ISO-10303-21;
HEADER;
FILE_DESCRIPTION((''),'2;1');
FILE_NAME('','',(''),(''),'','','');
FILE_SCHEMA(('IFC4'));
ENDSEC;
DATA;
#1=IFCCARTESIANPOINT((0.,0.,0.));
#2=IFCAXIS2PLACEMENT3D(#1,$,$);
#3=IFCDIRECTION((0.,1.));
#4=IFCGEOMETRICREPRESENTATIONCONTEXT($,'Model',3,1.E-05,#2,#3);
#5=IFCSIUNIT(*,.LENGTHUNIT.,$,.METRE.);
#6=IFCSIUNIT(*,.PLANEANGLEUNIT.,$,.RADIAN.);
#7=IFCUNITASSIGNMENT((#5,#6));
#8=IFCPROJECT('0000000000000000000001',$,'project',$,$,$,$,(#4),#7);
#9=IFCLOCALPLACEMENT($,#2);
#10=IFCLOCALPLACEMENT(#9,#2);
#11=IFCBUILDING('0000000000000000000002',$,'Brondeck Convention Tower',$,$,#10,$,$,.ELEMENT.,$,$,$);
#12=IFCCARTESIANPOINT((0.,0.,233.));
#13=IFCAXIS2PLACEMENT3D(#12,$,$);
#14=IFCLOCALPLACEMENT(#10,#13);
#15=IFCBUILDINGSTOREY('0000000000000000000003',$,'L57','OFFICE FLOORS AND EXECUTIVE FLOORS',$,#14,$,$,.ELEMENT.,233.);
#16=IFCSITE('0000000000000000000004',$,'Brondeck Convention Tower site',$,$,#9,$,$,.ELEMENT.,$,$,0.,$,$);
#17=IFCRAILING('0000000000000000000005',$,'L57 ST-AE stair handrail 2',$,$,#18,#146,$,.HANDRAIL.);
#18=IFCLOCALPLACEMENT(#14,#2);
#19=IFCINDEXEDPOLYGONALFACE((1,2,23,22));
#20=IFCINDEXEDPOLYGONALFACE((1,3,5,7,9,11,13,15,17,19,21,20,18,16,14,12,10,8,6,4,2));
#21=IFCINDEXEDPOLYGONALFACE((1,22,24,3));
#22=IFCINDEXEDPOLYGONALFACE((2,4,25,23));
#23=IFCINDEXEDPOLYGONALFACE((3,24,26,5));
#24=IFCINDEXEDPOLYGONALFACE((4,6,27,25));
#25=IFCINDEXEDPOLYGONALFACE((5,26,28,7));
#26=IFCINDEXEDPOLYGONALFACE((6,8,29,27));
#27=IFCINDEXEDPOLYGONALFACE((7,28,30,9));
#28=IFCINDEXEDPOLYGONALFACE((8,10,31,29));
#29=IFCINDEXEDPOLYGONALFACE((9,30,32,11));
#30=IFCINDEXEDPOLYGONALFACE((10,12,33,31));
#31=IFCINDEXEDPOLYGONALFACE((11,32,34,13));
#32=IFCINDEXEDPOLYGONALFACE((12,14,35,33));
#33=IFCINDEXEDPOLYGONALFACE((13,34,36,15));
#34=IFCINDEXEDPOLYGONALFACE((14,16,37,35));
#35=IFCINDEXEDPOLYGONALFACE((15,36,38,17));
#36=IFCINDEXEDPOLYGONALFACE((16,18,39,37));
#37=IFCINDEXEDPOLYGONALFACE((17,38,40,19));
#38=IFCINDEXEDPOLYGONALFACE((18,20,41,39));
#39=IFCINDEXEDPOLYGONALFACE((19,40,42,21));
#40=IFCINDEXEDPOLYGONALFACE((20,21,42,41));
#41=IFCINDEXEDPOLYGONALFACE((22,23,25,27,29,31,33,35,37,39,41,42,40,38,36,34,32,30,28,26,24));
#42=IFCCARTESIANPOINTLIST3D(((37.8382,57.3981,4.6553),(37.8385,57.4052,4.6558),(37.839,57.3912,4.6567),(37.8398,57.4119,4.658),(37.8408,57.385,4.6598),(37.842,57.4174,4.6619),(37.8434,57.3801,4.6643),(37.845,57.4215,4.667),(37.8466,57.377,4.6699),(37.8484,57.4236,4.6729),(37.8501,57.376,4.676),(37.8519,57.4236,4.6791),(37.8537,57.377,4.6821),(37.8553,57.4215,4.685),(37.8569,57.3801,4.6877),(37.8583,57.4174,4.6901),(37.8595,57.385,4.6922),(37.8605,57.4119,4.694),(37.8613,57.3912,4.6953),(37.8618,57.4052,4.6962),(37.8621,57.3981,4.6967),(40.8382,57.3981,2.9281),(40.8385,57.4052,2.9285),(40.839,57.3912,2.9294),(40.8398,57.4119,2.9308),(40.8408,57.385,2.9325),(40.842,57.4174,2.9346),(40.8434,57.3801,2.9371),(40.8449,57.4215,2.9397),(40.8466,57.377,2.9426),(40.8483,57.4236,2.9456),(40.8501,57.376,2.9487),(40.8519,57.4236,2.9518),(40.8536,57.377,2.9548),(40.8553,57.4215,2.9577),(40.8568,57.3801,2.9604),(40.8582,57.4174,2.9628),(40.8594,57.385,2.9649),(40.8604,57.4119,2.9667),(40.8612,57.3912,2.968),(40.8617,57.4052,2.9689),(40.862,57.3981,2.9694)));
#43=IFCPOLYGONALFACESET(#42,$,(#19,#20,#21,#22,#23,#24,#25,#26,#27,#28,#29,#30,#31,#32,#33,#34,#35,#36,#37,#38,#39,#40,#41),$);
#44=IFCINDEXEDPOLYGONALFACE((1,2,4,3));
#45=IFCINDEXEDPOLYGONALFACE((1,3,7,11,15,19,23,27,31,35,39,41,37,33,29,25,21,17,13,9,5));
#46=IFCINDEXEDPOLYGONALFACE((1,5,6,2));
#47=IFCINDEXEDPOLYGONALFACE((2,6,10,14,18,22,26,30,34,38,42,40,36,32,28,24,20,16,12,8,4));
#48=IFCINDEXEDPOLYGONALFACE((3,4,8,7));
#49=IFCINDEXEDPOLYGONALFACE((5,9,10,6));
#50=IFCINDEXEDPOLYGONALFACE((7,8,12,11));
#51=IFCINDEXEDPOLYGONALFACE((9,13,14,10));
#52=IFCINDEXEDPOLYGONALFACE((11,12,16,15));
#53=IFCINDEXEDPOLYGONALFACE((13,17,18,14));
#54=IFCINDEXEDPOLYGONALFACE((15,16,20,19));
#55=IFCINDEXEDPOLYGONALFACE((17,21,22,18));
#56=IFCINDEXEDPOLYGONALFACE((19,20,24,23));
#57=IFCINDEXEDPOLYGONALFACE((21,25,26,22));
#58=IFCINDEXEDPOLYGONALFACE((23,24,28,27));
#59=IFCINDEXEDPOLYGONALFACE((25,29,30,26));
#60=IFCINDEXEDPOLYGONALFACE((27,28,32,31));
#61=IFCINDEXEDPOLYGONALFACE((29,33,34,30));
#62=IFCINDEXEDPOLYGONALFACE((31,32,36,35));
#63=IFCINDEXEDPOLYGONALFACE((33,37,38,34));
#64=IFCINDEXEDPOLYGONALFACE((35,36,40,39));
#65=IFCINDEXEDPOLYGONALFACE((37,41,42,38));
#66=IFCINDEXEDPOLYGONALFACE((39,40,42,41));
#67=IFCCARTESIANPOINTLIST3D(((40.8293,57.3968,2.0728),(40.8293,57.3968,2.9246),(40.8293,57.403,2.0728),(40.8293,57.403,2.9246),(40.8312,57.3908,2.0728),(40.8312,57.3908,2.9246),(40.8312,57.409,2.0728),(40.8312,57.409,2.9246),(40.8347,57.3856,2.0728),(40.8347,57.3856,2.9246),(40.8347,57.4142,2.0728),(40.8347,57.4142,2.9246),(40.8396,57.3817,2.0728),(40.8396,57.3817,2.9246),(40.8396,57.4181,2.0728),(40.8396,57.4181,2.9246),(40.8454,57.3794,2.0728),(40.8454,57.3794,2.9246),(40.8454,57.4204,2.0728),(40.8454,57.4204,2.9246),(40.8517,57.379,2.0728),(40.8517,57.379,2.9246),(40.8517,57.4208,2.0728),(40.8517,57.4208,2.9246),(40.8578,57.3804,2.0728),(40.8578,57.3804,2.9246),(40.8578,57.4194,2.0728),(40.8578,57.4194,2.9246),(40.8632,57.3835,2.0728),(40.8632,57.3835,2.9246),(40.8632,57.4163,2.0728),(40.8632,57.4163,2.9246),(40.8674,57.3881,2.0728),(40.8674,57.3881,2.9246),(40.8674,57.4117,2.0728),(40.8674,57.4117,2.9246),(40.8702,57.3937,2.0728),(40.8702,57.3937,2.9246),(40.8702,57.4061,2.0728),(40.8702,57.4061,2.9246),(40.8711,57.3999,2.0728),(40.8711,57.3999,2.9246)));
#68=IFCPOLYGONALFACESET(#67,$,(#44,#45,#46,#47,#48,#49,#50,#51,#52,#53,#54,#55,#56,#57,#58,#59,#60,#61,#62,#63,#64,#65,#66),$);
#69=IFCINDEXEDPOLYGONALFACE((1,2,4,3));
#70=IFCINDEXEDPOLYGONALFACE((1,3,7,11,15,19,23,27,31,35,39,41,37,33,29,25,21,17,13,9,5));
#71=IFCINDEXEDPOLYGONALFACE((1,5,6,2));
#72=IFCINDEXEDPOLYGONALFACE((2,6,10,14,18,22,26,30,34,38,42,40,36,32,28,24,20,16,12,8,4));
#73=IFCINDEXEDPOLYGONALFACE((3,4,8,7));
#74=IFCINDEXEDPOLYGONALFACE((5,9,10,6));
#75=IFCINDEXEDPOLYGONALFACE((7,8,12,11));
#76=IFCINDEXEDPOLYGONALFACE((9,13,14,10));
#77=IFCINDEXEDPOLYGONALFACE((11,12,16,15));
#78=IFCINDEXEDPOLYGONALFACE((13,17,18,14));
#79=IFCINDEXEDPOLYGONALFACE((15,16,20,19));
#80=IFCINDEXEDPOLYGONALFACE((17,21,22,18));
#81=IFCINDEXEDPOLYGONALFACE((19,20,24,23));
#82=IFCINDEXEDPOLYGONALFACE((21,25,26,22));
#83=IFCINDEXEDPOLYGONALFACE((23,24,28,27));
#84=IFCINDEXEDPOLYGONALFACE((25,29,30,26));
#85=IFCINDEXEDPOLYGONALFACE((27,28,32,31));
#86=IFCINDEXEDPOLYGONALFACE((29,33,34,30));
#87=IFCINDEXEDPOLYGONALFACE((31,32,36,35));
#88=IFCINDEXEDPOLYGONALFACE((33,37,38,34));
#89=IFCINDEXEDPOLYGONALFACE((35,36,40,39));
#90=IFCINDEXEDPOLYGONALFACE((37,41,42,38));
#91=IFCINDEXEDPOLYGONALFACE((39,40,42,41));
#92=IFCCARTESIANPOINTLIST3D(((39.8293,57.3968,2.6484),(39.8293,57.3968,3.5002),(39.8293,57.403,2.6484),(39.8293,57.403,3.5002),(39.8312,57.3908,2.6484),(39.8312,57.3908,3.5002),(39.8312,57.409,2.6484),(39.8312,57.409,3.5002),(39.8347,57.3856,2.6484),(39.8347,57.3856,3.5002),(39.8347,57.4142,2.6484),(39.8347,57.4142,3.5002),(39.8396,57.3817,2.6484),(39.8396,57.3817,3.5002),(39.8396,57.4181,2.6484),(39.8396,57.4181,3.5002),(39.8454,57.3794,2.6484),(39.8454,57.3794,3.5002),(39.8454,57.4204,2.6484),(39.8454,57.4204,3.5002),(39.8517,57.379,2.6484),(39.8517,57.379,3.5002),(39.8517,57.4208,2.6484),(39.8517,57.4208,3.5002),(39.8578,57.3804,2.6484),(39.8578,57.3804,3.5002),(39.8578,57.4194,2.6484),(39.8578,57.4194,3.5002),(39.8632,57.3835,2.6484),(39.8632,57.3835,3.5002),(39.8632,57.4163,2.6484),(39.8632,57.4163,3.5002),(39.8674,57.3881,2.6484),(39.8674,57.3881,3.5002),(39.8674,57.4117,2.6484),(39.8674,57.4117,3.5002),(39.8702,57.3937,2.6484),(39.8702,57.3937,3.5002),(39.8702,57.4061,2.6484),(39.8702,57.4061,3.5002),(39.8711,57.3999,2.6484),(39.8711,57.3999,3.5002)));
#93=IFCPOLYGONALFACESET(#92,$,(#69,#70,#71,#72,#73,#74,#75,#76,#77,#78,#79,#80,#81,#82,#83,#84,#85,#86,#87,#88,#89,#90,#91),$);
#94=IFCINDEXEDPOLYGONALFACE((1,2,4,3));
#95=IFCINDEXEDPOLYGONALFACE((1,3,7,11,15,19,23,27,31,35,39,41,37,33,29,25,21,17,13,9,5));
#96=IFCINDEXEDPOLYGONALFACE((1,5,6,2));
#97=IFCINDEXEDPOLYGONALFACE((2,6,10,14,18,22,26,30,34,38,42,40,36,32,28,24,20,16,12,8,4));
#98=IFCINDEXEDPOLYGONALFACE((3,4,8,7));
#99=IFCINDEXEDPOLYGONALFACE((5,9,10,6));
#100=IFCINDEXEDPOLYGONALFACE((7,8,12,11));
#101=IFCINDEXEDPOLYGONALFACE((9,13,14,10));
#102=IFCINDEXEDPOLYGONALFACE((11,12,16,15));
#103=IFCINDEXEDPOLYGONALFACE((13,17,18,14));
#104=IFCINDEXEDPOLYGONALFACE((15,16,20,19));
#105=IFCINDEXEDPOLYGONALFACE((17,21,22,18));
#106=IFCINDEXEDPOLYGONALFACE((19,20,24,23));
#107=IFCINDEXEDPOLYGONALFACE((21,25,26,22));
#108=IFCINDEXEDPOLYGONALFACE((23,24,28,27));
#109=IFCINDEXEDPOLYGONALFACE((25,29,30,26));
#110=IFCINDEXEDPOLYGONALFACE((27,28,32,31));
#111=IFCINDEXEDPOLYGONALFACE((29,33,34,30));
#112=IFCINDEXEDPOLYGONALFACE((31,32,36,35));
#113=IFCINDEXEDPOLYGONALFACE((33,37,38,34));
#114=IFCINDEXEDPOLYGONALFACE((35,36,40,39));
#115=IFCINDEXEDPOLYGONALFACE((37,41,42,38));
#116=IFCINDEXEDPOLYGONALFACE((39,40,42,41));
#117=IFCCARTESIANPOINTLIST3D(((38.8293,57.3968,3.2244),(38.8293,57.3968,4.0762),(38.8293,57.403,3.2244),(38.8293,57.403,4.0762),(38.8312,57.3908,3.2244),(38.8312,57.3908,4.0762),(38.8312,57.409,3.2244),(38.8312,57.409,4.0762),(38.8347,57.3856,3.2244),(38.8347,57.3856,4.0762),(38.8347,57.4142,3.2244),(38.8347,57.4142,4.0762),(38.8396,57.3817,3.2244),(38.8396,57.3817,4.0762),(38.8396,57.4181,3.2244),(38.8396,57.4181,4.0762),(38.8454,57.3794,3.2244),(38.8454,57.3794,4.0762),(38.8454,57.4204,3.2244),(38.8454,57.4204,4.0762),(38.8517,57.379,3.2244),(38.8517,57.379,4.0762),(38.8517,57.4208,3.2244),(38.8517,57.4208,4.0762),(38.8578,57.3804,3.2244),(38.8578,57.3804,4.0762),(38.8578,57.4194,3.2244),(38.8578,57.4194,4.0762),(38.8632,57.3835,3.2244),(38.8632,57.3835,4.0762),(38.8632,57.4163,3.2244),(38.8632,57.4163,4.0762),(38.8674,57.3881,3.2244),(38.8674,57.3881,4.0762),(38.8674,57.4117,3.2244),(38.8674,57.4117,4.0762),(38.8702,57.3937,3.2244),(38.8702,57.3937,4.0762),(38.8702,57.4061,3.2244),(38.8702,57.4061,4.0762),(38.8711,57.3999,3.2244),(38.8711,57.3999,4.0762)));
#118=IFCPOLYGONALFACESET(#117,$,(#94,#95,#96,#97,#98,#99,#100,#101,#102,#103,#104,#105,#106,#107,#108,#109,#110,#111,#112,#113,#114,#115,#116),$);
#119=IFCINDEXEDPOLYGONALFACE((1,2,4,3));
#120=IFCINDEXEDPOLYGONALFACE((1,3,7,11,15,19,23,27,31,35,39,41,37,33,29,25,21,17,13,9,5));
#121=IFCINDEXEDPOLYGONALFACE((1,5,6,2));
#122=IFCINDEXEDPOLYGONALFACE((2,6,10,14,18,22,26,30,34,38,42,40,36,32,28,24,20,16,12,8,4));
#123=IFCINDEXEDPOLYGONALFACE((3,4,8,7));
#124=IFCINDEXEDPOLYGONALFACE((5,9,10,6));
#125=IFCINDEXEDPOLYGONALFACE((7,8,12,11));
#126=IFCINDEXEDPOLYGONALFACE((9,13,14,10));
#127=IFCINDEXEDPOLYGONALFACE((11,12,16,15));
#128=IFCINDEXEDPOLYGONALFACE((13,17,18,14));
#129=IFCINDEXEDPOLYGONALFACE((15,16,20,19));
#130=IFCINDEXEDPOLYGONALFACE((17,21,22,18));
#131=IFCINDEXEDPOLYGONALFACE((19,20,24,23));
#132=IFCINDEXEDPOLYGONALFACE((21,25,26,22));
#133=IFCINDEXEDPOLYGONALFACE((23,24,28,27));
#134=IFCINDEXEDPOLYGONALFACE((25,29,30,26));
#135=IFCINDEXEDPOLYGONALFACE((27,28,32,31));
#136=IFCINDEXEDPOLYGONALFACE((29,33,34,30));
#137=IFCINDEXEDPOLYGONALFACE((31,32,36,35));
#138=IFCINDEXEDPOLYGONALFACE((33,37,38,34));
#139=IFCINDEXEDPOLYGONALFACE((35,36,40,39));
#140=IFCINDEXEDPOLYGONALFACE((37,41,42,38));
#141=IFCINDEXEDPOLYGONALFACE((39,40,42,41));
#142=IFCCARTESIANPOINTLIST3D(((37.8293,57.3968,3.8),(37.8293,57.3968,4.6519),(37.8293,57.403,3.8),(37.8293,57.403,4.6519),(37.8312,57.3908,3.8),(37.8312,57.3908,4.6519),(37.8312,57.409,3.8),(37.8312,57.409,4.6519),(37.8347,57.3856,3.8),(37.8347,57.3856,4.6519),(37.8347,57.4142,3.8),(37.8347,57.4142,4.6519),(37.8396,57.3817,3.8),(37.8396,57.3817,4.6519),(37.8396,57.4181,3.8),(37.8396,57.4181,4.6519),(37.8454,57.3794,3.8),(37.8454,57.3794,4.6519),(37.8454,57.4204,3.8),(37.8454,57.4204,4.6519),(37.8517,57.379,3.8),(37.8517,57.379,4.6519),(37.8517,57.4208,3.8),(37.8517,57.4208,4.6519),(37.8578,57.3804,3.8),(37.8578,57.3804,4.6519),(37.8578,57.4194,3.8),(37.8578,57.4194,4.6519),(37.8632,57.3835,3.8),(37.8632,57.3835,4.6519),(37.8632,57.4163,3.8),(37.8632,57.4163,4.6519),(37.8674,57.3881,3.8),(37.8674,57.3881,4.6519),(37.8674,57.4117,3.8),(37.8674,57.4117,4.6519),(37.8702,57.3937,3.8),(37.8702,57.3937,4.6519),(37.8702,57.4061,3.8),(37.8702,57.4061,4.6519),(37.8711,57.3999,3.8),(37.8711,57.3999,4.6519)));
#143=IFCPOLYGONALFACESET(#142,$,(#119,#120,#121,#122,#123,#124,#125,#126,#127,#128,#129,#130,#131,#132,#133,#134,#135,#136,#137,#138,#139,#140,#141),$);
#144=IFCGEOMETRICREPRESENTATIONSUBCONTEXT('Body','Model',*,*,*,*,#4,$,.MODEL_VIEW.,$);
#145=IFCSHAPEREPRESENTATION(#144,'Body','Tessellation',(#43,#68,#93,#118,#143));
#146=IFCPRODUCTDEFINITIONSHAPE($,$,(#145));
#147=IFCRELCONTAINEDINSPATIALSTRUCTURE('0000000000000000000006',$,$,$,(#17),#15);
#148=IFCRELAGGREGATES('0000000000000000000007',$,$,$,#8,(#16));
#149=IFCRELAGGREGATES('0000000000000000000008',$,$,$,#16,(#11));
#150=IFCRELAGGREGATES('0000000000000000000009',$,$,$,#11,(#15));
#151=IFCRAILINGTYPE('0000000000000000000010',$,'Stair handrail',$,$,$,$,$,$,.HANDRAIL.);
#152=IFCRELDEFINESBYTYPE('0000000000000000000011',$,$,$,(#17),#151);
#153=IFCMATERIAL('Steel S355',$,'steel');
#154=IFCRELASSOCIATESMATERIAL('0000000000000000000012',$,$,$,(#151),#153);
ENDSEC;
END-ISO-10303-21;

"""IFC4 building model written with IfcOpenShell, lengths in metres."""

from ifc_helpers import new_model, si_unit, direction, frame, origin, origin_2d, place, context, subcontext, project, spatial, circle, extrude, material, type_object, element, save


model = new_model("IFC4")

# Units and contexts
model_context = context("Model", 3, precision=1e-05, world=origin(), true_north=direction((0.0, 1.0)))
body_context = subcontext(model_context, "Body", "Model", "MODEL_VIEW")
ifc_project = project(units=[si_unit("LENGTHUNIT", "METRE"), si_unit("PLANEANGLEUNIT", "RADIAN")], contexts=[model_context])

# Site, building, storey
site_placement = place(None, origin())
site = spatial("IfcSite", under=ifc_project, at=site_placement, Name="Brondeck Convention Tower site", CompositionType="ELEMENT", RefElevation=0.0)
building_placement = place(site_placement, origin())
building = spatial("IfcBuilding", under=site, at=building_placement, Name="Brondeck Convention Tower", CompositionType="ELEMENT")
storey_placement = place(building_placement, frame((0.0, 0.0, 233.0)))
storey = spatial("IfcBuildingStorey", under=building, at=storey_placement, Name="L57", Description="OFFICE FLOORS AND EXECUTIVE FLOORS", CompositionType="ELEMENT", Elevation=233.0)

# Shared definitions
ifc_material_1 = material(Name="Steel S355", Category="steel")

# Railing
railing_type_1 = type_object("IfcRailingType", Name="Stair handrail", PredefinedType="HANDRAIL", material=ifc_material_1)
railing_1_placement = place(storey_placement, frame((40.8501, 57.3999, 2.0728)))
element("IfcRailing", 1, at=railing_1_placement, inside=storey, type_object=railing_type_1, Name="L57 ST-AE stair handrail 2", PredefinedType="HANDRAIL", context=body_context, shape_type="SweptSolid", body=[
    extrude(circle(Radius=0.0239, at=origin_2d()), frame((0.0, 0.0, 0.876), z_axis=(-0.86662, 0.0, 0.498969), x_axis=(0.0, -1.0, 0.0)), (0.0, 0.0, 1.0), 3.4617),
    extrude(circle(Radius=0.021, at=origin_2d()), origin(), (0.0, 0.0, 1.0), 0.8518),
    extrude(circle(Radius=0.021, at=origin_2d()), frame((-1.0, 0.0, 0.5757)), (0.0, 0.0, 1.0), 0.8518),
    extrude(circle(Radius=0.021, at=origin_2d()), frame((-2.0, 0.0, 1.1516)), (0.0, 0.0, 1.0), 0.8518),
    extrude(circle(Radius=0.021, at=origin_2d()), frame((-3.0, 0.0, 1.7273)), (0.0, 0.0, 1.0), 0.8518),
])

save(model, "model.ifc")
